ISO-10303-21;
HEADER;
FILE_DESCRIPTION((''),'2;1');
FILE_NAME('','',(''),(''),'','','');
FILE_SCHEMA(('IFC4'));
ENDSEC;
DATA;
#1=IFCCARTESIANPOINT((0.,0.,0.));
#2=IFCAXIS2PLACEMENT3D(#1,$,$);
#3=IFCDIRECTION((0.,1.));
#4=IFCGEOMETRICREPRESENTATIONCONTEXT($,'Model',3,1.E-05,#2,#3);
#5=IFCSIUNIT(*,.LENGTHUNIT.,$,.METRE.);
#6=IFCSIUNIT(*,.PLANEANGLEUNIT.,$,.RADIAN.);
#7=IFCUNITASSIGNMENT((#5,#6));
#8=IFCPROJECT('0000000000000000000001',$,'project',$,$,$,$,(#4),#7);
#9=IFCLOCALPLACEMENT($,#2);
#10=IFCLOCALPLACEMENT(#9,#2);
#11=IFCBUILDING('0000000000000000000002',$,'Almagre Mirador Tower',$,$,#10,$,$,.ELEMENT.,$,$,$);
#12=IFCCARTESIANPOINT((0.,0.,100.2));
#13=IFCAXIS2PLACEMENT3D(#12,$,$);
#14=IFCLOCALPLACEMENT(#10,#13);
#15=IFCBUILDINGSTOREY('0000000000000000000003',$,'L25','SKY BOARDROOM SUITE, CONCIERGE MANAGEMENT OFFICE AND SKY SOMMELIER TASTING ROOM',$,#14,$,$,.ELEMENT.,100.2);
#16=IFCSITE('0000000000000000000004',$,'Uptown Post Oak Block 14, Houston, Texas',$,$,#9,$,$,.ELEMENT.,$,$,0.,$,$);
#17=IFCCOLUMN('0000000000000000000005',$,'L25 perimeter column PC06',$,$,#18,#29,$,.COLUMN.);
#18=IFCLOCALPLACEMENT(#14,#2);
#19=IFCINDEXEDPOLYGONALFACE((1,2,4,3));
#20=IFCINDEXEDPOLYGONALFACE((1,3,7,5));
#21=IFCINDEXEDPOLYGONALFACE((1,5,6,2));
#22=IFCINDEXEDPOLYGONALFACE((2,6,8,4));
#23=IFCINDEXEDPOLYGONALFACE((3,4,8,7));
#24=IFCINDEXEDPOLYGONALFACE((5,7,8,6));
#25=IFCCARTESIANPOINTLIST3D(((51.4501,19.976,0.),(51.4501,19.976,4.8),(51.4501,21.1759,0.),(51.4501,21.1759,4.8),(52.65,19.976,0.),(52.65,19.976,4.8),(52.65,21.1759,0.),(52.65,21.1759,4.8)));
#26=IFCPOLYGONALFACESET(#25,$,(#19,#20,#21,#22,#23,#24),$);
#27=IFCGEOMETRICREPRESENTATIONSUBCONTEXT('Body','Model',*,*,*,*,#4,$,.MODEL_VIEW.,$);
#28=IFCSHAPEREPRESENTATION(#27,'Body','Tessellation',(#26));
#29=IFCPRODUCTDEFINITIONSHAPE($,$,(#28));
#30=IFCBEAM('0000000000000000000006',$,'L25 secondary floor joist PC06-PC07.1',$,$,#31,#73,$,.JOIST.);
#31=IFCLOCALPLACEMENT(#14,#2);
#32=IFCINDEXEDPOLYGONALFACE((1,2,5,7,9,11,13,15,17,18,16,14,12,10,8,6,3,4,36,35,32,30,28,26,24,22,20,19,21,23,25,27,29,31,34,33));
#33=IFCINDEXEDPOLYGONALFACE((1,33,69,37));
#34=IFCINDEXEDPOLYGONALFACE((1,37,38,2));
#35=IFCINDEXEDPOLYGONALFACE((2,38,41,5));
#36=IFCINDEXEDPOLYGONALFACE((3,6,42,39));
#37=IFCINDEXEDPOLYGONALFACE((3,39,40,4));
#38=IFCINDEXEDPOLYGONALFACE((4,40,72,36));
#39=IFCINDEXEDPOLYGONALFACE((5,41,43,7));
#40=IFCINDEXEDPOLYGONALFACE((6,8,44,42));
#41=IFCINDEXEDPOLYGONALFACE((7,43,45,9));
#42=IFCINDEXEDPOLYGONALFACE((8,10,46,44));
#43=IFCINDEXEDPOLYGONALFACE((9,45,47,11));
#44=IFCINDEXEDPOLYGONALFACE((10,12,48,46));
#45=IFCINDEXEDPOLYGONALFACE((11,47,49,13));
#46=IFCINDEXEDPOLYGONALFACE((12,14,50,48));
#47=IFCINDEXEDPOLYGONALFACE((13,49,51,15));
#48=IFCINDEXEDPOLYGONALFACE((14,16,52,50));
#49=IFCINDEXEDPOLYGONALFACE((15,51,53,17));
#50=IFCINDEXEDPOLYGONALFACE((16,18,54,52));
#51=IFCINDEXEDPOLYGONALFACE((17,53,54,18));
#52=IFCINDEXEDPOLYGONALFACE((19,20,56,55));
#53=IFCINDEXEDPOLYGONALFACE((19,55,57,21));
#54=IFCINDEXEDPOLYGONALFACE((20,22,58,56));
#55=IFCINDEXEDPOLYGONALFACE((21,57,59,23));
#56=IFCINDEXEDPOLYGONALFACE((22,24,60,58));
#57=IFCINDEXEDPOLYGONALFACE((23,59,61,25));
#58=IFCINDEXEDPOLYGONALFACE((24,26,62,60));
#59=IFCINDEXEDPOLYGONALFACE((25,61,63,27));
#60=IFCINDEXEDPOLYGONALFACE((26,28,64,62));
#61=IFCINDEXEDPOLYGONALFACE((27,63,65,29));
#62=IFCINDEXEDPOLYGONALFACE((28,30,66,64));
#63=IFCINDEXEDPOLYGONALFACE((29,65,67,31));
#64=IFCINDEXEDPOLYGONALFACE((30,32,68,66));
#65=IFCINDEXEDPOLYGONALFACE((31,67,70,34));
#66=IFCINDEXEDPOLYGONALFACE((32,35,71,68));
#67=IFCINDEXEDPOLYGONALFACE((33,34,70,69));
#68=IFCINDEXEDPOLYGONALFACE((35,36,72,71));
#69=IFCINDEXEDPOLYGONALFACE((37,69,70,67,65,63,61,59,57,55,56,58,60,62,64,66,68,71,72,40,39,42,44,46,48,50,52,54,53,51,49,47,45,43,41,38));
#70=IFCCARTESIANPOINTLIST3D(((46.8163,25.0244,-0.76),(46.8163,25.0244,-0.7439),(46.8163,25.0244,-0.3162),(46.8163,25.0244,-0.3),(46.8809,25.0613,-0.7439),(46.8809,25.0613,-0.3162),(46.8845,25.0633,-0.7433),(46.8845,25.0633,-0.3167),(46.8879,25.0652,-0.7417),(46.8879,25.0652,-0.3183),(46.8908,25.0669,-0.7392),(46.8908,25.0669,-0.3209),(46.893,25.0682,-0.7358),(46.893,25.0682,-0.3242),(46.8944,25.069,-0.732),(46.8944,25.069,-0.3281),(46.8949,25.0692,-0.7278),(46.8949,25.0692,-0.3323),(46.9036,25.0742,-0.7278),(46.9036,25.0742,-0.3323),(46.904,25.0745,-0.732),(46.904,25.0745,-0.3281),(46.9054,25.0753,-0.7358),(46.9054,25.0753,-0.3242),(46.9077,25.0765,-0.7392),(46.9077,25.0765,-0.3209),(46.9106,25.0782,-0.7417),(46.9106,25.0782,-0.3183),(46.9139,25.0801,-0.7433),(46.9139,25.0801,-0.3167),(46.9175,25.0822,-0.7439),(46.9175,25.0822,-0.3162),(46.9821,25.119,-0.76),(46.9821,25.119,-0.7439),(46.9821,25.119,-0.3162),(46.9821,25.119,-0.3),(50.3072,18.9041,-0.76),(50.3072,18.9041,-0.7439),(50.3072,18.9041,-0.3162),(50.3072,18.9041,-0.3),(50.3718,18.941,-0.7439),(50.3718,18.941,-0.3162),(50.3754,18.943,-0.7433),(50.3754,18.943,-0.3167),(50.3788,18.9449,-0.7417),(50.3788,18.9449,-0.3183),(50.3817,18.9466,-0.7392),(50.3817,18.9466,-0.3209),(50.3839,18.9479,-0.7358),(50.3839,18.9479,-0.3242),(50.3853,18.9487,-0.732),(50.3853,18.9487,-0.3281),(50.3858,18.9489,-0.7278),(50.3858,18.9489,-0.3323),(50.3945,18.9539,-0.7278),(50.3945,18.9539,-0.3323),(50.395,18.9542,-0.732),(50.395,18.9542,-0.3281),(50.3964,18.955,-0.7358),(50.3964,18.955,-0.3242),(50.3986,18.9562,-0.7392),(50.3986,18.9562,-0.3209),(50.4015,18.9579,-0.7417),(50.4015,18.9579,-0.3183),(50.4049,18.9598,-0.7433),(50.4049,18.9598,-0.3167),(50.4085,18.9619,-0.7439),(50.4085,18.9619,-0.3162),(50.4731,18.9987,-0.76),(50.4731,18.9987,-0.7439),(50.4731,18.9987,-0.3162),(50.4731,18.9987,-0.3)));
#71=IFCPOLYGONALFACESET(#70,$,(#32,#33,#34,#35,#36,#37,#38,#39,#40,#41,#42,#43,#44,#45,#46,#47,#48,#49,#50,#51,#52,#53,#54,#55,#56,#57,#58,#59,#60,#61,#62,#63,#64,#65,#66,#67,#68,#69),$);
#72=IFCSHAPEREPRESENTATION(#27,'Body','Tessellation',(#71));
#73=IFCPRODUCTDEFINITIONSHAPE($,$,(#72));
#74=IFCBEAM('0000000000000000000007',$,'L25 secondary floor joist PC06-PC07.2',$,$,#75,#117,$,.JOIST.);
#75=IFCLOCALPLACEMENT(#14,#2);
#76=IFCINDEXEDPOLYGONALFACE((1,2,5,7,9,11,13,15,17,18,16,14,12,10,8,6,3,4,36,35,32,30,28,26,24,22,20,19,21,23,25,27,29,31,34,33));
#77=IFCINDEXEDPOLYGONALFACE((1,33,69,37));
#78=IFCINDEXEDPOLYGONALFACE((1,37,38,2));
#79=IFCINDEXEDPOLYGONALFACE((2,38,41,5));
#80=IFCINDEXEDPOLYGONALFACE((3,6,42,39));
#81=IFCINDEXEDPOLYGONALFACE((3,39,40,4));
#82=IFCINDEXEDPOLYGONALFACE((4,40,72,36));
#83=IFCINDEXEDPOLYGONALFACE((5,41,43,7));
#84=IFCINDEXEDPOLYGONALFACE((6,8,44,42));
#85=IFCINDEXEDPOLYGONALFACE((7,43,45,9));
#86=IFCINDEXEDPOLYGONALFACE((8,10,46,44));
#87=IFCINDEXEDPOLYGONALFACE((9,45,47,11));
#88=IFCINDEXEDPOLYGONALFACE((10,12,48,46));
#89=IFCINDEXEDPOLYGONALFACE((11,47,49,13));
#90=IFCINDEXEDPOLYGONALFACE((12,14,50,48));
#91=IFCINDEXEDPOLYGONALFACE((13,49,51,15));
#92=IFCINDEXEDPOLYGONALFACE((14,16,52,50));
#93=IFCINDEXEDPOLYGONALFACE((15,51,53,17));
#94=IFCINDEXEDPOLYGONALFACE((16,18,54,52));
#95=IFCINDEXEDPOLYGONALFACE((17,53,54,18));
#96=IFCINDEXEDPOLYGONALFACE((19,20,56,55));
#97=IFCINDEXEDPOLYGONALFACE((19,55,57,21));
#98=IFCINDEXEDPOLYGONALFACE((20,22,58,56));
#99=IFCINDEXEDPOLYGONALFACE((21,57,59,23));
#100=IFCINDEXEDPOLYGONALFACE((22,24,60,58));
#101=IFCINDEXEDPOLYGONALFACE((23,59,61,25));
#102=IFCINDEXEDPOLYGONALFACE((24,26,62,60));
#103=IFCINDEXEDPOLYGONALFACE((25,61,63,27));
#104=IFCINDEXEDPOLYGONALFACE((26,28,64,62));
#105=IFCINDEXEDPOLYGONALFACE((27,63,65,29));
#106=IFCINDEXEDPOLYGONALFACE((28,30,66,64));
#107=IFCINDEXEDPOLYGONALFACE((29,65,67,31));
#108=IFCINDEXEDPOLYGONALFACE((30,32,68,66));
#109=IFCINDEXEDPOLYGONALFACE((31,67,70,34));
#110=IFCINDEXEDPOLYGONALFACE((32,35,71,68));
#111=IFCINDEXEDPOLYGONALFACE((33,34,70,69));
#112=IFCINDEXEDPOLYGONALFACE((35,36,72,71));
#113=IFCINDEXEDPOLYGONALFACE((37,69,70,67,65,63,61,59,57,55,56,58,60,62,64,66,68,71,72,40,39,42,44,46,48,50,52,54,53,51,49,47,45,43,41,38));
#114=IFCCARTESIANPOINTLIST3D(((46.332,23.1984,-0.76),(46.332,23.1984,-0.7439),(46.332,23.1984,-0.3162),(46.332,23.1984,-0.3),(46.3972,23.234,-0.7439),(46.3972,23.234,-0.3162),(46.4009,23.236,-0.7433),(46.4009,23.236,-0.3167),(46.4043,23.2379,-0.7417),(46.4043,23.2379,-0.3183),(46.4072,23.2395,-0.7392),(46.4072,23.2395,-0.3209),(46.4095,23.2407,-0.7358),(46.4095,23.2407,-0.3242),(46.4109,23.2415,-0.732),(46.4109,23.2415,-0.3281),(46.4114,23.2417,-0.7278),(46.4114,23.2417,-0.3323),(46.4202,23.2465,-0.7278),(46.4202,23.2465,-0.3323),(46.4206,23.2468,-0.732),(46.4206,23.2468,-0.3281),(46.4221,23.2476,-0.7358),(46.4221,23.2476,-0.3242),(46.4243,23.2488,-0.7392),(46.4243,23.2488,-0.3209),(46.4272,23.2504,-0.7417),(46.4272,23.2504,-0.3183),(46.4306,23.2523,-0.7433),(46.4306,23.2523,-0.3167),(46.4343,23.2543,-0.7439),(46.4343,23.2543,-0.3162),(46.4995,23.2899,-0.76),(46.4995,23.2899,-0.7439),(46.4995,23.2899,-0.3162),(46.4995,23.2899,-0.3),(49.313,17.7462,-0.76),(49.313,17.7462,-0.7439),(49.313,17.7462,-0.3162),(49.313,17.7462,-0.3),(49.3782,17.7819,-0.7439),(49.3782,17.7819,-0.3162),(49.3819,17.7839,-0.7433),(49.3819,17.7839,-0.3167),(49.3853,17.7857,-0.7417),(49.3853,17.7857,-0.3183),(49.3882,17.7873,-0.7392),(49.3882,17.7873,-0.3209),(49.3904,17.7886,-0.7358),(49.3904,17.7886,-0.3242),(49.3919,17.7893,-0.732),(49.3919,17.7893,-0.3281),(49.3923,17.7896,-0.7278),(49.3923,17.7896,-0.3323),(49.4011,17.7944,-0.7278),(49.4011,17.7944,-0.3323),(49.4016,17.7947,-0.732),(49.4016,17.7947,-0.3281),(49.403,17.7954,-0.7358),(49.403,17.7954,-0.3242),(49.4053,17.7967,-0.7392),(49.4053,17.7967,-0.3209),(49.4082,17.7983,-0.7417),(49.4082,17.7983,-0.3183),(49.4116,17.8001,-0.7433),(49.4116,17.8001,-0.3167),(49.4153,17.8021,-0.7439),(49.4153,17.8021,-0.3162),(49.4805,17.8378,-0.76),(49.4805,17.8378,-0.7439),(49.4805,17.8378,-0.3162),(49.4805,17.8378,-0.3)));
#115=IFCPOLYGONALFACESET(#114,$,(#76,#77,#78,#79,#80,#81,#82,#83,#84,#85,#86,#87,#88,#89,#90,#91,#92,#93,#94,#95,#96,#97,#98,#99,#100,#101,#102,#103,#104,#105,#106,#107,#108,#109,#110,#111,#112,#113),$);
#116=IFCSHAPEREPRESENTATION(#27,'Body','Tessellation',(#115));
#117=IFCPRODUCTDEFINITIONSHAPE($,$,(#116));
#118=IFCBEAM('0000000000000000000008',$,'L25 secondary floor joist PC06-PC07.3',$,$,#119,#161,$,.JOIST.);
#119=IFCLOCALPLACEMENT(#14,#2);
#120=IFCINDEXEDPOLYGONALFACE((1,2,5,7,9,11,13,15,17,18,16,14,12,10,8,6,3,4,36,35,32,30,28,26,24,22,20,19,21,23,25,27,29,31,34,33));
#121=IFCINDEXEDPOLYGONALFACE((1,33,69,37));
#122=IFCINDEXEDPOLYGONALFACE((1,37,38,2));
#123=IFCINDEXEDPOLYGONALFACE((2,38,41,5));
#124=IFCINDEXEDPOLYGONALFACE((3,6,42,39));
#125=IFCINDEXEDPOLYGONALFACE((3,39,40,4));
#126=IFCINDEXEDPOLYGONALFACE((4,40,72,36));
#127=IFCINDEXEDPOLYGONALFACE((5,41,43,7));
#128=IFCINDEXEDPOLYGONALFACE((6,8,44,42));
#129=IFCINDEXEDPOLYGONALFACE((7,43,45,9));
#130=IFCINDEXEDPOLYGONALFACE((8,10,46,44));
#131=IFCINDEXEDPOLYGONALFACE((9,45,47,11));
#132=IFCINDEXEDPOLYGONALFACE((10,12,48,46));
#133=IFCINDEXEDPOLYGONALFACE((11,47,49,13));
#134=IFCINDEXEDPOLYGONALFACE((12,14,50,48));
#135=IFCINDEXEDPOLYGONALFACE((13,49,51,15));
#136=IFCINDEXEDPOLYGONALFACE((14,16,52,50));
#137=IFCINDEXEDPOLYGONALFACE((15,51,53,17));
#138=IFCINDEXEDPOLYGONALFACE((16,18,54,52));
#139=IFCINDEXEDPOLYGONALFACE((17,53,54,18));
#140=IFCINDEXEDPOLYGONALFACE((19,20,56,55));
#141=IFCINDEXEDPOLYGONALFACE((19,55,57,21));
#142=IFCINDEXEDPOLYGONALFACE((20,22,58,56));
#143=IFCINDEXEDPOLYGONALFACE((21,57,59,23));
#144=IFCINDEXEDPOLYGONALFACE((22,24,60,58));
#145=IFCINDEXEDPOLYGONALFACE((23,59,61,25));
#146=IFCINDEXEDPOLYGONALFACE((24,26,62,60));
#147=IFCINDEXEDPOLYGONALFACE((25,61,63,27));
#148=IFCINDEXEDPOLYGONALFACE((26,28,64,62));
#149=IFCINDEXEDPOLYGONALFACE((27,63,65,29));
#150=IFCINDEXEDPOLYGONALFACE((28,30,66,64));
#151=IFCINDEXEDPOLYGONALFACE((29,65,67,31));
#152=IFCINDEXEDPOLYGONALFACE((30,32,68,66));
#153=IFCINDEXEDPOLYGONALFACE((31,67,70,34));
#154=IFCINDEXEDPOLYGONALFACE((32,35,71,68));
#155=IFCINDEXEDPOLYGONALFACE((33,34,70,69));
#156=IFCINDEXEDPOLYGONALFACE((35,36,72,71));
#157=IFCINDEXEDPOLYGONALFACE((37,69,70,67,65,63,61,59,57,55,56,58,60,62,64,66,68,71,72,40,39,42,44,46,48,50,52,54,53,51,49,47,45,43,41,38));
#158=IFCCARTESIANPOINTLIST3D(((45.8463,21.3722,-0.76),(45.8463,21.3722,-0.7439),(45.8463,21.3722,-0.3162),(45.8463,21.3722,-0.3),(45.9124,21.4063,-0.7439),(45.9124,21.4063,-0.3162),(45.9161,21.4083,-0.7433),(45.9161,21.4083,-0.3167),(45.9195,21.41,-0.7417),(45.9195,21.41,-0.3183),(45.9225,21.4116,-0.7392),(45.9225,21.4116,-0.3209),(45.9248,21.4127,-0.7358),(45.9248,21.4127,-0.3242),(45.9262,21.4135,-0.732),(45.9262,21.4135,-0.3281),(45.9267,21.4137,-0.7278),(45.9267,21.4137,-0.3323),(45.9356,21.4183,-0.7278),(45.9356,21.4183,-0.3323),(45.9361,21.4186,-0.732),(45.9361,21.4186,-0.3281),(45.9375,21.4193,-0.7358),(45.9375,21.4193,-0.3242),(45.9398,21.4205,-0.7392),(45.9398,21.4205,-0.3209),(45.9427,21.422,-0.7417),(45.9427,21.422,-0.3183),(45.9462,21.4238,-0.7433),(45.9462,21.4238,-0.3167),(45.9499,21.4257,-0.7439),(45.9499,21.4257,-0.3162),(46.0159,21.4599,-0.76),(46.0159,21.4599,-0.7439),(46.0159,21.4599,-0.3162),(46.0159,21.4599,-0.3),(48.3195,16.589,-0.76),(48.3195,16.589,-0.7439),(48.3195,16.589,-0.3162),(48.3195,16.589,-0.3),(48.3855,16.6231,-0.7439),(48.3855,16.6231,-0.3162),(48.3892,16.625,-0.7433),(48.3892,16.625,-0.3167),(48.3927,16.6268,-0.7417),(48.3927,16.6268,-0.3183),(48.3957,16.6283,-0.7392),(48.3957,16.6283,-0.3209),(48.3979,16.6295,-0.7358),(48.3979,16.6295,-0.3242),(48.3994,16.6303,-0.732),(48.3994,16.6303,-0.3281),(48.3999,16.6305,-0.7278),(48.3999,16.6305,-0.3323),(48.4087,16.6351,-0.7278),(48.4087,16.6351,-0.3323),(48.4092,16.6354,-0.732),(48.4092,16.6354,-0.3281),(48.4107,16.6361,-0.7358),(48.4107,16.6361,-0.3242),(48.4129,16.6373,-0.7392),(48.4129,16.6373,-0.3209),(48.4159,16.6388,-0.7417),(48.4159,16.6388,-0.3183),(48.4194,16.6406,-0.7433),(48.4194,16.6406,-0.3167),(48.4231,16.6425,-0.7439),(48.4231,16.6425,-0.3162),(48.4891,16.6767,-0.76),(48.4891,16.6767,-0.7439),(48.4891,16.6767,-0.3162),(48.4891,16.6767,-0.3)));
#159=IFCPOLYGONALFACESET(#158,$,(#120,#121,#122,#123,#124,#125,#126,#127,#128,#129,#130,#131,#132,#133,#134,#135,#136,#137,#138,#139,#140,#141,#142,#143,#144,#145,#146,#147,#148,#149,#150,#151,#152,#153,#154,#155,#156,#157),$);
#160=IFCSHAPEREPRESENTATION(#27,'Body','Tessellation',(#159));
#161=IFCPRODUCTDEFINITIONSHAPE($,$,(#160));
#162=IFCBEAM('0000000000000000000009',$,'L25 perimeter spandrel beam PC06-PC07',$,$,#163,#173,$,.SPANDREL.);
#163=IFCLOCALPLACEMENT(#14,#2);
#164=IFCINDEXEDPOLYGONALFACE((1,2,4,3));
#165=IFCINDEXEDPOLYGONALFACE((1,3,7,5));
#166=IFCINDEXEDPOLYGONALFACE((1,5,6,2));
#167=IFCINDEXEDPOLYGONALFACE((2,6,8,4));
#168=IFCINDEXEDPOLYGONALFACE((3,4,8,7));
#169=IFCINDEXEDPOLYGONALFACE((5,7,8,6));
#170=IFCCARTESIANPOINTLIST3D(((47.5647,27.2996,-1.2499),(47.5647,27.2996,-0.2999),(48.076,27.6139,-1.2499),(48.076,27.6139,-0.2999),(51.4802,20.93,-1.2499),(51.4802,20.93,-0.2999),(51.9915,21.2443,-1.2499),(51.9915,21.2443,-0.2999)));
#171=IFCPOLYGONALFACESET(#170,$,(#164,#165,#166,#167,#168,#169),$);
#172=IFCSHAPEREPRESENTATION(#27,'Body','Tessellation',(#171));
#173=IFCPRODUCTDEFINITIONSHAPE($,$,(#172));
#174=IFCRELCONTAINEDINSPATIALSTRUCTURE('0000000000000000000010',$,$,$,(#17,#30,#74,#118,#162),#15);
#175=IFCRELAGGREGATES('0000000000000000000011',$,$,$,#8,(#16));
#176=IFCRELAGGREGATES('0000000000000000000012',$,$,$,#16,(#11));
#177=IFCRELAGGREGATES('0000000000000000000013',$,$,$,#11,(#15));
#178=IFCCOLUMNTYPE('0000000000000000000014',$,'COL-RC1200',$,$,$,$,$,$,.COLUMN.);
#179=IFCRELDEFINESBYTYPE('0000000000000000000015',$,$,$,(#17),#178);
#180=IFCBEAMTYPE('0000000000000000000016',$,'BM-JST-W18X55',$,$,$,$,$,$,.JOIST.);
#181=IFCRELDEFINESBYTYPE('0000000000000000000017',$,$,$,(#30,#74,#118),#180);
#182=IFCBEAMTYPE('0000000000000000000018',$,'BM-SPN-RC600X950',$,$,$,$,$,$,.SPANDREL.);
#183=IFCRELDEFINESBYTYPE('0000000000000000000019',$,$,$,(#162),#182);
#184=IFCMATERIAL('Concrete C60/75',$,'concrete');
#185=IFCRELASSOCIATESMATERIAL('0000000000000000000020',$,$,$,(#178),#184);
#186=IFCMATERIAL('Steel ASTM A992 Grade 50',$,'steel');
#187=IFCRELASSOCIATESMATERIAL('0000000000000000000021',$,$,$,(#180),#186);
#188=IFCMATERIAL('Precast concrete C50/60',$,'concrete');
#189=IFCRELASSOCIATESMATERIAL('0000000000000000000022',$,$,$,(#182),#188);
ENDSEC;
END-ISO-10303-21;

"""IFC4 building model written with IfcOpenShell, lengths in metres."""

from ifc_helpers import new_model, si_unit, direction, frame, origin, origin_2d, place, context, subcontext, project, spatial, rectangle, i_section, extrude, material, material_profile, profile_set, type_object, element, save


model = new_model("IFC4")

# Units and contexts
model_context = context("Model", 3, precision=1e-05, world=origin(), true_north=direction((0.0, 1.0)))
body_context = subcontext(model_context, "Body", "Model", "MODEL_VIEW")
ifc_project = project(units=[si_unit("LENGTHUNIT", "METRE"), si_unit("PLANEANGLEUNIT", "RADIAN")], contexts=[model_context])

# Site, building, storey
site_placement = place(None, origin())
site = spatial("IfcSite", under=ifc_project, at=site_placement, Name="Uptown Post Oak Block 14, Houston, Texas", CompositionType="ELEMENT", RefElevation=0.0)
building_placement = place(site_placement, origin())
building = spatial("IfcBuilding", under=site, at=building_placement, Name="Almagre Mirador Tower", CompositionType="ELEMENT")
storey_placement = place(building_placement, frame((0.0, 0.0, 100.2)))
storey = spatial("IfcBuildingStorey", under=building, at=storey_placement, Name="L25", Description="SKY BOARDROOM SUITE, CONCIERGE MANAGEMENT OFFICE AND SKY SOMMELIER TASTING ROOM", CompositionType="ELEMENT", Elevation=100.2)

# Column
ifc_material_1 = material(Name="Concrete C60/75", Category="concrete")
ifc_material_profile_1 = material_profile(ifc_material_1, rectangle(XDim=1.2, YDim=1.2, at=origin_2d()), Name="RC1200X1200")
ifc_profile_set_1 = profile_set([ifc_material_profile_1], Name="Concrete C60/75")
column_type = type_object("IfcColumnType", Name="COL-RC1200", PredefinedType="COLUMN", material=ifc_profile_set_1)
column_placement = place(storey_placement, frame((52.05, 20.5759, 0.0), z_axis=(0.0, 0.0, 1.0), x_axis=(1.0, 0.0, 0.0)))
element("IfcColumn", 1, at=column_placement, inside=storey, type_object=column_type, Name="L25 perimeter column PC06", PredefinedType="COLUMN", context=body_context, shape_type="SweptSolid", body=[
    extrude(rectangle(XDim=1.2, YDim=1.2, at=origin_2d()), origin(), (0.0, 0.0, 1.0), 4.8),
])

# Beams
ifc_material_2 = material(Name="Steel ASTM A992 Grade 50", Category="steel")
ifc_material_profile_2 = material_profile(ifc_material_2, i_section(OverallWidth=0.1909, OverallDepth=0.46, WebThickness=0.01, FlangeThickness=0.0161, FilletRadius=0.0161, at=origin_2d()), Name="W18X55")
ifc_profile_set_2 = profile_set([ifc_material_profile_2], Name="Steel ASTM A992 Grade 50")
beam_type_1 = type_object("IfcBeamType", Name="BM-JST-W18X55", PredefinedType="JOIST", material=ifc_profile_set_2)
beam_1_placement = place(storey_placement, frame((50.3901, 18.9514, -0.53), z_axis=(-0.495456, 0.868633, 0.0), x_axis=(-0.868633, -0.495456, 0.0)))
element("IfcBeam", 2, at=beam_1_placement, inside=storey, type_object=beam_type_1, Name="L25 secondary floor joist PC06-PC07.1", PredefinedType="JOIST", context=body_context, shape_type="SweptSolid", body=[
    extrude(i_section(OverallWidth=0.1909, OverallDepth=0.46, WebThickness=0.01, FlangeThickness=0.0161, FilletRadius=0.0161, at=origin_2d()), origin(), (0.0, 0.0, 1.0), 7.0459),
])
beam_2_placement = place(storey_placement, frame((49.3967, 17.792, -0.53), z_axis=(-0.479727, 0.877418, 0.0), x_axis=(-0.877418, -0.479727, 0.0)))
element("IfcBeam", 3, at=beam_2_placement, inside=storey, type_object=beam_type_1, Name="L25 secondary floor joist PC06-PC07.2", PredefinedType="JOIST", context=body_context, shape_type="SweptSolid", body=[
    extrude(i_section(OverallWidth=0.1909, OverallDepth=0.46, WebThickness=0.01, FlangeThickness=0.0161, FilletRadius=0.0161, at=origin_2d()), origin(), (0.0, 0.0, 1.0), 6.2139),
])
beam_3_placement = place(storey_placement, frame((48.4043, 16.6328, -0.53), z_axis=(-0.459287, 0.888288, 0.0), x_axis=(-0.888288, -0.459287, 0.0)))
element("IfcBeam", 4, at=beam_3_placement, inside=storey, type_object=beam_type_1, Name="L25 secondary floor joist PC06-PC07.3", PredefinedType="JOIST", context=body_context, shape_type="SweptSolid", body=[
    extrude(i_section(OverallWidth=0.1909, OverallDepth=0.46, WebThickness=0.01, FlangeThickness=0.0161, FilletRadius=0.0161, at=origin_2d()), origin(), (0.0, 0.0, 1.0), 5.3848),
])
ifc_material_3 = material(Name="Precast concrete C50/60", Category="concrete")
ifc_material_profile_3 = material_profile(ifc_material_3, rectangle(XDim=0.6001, YDim=0.95, at=origin_2d()), Name="RC600X950")
ifc_profile_set_3 = profile_set([ifc_material_profile_3], Name="Precast concrete C50/60")
beam_type_2 = type_object("IfcBeamType", Name="BM-SPN-RC600X950", PredefinedType="SPANDREL", material=ifc_profile_set_3)
beam_4_placement = place(storey_placement, frame((51.7358, 21.0872, -0.7749), z_axis=(-0.523686, 0.851912, 0.0), x_axis=(-0.851912, -0.523686, 0.0)))
element("IfcBeam", 5, at=beam_4_placement, inside=storey, type_object=beam_type_2, Name="L25 perimeter spandrel beam PC06-PC07", PredefinedType="SPANDREL", context=body_context, shape_type="SweptSolid", body=[
    extrude(rectangle(XDim=0.6001, YDim=0.95, at=origin_2d()), origin(), (0.0, 0.0, 1.0), 7.4768),
])

save(model, "model.ifc")
